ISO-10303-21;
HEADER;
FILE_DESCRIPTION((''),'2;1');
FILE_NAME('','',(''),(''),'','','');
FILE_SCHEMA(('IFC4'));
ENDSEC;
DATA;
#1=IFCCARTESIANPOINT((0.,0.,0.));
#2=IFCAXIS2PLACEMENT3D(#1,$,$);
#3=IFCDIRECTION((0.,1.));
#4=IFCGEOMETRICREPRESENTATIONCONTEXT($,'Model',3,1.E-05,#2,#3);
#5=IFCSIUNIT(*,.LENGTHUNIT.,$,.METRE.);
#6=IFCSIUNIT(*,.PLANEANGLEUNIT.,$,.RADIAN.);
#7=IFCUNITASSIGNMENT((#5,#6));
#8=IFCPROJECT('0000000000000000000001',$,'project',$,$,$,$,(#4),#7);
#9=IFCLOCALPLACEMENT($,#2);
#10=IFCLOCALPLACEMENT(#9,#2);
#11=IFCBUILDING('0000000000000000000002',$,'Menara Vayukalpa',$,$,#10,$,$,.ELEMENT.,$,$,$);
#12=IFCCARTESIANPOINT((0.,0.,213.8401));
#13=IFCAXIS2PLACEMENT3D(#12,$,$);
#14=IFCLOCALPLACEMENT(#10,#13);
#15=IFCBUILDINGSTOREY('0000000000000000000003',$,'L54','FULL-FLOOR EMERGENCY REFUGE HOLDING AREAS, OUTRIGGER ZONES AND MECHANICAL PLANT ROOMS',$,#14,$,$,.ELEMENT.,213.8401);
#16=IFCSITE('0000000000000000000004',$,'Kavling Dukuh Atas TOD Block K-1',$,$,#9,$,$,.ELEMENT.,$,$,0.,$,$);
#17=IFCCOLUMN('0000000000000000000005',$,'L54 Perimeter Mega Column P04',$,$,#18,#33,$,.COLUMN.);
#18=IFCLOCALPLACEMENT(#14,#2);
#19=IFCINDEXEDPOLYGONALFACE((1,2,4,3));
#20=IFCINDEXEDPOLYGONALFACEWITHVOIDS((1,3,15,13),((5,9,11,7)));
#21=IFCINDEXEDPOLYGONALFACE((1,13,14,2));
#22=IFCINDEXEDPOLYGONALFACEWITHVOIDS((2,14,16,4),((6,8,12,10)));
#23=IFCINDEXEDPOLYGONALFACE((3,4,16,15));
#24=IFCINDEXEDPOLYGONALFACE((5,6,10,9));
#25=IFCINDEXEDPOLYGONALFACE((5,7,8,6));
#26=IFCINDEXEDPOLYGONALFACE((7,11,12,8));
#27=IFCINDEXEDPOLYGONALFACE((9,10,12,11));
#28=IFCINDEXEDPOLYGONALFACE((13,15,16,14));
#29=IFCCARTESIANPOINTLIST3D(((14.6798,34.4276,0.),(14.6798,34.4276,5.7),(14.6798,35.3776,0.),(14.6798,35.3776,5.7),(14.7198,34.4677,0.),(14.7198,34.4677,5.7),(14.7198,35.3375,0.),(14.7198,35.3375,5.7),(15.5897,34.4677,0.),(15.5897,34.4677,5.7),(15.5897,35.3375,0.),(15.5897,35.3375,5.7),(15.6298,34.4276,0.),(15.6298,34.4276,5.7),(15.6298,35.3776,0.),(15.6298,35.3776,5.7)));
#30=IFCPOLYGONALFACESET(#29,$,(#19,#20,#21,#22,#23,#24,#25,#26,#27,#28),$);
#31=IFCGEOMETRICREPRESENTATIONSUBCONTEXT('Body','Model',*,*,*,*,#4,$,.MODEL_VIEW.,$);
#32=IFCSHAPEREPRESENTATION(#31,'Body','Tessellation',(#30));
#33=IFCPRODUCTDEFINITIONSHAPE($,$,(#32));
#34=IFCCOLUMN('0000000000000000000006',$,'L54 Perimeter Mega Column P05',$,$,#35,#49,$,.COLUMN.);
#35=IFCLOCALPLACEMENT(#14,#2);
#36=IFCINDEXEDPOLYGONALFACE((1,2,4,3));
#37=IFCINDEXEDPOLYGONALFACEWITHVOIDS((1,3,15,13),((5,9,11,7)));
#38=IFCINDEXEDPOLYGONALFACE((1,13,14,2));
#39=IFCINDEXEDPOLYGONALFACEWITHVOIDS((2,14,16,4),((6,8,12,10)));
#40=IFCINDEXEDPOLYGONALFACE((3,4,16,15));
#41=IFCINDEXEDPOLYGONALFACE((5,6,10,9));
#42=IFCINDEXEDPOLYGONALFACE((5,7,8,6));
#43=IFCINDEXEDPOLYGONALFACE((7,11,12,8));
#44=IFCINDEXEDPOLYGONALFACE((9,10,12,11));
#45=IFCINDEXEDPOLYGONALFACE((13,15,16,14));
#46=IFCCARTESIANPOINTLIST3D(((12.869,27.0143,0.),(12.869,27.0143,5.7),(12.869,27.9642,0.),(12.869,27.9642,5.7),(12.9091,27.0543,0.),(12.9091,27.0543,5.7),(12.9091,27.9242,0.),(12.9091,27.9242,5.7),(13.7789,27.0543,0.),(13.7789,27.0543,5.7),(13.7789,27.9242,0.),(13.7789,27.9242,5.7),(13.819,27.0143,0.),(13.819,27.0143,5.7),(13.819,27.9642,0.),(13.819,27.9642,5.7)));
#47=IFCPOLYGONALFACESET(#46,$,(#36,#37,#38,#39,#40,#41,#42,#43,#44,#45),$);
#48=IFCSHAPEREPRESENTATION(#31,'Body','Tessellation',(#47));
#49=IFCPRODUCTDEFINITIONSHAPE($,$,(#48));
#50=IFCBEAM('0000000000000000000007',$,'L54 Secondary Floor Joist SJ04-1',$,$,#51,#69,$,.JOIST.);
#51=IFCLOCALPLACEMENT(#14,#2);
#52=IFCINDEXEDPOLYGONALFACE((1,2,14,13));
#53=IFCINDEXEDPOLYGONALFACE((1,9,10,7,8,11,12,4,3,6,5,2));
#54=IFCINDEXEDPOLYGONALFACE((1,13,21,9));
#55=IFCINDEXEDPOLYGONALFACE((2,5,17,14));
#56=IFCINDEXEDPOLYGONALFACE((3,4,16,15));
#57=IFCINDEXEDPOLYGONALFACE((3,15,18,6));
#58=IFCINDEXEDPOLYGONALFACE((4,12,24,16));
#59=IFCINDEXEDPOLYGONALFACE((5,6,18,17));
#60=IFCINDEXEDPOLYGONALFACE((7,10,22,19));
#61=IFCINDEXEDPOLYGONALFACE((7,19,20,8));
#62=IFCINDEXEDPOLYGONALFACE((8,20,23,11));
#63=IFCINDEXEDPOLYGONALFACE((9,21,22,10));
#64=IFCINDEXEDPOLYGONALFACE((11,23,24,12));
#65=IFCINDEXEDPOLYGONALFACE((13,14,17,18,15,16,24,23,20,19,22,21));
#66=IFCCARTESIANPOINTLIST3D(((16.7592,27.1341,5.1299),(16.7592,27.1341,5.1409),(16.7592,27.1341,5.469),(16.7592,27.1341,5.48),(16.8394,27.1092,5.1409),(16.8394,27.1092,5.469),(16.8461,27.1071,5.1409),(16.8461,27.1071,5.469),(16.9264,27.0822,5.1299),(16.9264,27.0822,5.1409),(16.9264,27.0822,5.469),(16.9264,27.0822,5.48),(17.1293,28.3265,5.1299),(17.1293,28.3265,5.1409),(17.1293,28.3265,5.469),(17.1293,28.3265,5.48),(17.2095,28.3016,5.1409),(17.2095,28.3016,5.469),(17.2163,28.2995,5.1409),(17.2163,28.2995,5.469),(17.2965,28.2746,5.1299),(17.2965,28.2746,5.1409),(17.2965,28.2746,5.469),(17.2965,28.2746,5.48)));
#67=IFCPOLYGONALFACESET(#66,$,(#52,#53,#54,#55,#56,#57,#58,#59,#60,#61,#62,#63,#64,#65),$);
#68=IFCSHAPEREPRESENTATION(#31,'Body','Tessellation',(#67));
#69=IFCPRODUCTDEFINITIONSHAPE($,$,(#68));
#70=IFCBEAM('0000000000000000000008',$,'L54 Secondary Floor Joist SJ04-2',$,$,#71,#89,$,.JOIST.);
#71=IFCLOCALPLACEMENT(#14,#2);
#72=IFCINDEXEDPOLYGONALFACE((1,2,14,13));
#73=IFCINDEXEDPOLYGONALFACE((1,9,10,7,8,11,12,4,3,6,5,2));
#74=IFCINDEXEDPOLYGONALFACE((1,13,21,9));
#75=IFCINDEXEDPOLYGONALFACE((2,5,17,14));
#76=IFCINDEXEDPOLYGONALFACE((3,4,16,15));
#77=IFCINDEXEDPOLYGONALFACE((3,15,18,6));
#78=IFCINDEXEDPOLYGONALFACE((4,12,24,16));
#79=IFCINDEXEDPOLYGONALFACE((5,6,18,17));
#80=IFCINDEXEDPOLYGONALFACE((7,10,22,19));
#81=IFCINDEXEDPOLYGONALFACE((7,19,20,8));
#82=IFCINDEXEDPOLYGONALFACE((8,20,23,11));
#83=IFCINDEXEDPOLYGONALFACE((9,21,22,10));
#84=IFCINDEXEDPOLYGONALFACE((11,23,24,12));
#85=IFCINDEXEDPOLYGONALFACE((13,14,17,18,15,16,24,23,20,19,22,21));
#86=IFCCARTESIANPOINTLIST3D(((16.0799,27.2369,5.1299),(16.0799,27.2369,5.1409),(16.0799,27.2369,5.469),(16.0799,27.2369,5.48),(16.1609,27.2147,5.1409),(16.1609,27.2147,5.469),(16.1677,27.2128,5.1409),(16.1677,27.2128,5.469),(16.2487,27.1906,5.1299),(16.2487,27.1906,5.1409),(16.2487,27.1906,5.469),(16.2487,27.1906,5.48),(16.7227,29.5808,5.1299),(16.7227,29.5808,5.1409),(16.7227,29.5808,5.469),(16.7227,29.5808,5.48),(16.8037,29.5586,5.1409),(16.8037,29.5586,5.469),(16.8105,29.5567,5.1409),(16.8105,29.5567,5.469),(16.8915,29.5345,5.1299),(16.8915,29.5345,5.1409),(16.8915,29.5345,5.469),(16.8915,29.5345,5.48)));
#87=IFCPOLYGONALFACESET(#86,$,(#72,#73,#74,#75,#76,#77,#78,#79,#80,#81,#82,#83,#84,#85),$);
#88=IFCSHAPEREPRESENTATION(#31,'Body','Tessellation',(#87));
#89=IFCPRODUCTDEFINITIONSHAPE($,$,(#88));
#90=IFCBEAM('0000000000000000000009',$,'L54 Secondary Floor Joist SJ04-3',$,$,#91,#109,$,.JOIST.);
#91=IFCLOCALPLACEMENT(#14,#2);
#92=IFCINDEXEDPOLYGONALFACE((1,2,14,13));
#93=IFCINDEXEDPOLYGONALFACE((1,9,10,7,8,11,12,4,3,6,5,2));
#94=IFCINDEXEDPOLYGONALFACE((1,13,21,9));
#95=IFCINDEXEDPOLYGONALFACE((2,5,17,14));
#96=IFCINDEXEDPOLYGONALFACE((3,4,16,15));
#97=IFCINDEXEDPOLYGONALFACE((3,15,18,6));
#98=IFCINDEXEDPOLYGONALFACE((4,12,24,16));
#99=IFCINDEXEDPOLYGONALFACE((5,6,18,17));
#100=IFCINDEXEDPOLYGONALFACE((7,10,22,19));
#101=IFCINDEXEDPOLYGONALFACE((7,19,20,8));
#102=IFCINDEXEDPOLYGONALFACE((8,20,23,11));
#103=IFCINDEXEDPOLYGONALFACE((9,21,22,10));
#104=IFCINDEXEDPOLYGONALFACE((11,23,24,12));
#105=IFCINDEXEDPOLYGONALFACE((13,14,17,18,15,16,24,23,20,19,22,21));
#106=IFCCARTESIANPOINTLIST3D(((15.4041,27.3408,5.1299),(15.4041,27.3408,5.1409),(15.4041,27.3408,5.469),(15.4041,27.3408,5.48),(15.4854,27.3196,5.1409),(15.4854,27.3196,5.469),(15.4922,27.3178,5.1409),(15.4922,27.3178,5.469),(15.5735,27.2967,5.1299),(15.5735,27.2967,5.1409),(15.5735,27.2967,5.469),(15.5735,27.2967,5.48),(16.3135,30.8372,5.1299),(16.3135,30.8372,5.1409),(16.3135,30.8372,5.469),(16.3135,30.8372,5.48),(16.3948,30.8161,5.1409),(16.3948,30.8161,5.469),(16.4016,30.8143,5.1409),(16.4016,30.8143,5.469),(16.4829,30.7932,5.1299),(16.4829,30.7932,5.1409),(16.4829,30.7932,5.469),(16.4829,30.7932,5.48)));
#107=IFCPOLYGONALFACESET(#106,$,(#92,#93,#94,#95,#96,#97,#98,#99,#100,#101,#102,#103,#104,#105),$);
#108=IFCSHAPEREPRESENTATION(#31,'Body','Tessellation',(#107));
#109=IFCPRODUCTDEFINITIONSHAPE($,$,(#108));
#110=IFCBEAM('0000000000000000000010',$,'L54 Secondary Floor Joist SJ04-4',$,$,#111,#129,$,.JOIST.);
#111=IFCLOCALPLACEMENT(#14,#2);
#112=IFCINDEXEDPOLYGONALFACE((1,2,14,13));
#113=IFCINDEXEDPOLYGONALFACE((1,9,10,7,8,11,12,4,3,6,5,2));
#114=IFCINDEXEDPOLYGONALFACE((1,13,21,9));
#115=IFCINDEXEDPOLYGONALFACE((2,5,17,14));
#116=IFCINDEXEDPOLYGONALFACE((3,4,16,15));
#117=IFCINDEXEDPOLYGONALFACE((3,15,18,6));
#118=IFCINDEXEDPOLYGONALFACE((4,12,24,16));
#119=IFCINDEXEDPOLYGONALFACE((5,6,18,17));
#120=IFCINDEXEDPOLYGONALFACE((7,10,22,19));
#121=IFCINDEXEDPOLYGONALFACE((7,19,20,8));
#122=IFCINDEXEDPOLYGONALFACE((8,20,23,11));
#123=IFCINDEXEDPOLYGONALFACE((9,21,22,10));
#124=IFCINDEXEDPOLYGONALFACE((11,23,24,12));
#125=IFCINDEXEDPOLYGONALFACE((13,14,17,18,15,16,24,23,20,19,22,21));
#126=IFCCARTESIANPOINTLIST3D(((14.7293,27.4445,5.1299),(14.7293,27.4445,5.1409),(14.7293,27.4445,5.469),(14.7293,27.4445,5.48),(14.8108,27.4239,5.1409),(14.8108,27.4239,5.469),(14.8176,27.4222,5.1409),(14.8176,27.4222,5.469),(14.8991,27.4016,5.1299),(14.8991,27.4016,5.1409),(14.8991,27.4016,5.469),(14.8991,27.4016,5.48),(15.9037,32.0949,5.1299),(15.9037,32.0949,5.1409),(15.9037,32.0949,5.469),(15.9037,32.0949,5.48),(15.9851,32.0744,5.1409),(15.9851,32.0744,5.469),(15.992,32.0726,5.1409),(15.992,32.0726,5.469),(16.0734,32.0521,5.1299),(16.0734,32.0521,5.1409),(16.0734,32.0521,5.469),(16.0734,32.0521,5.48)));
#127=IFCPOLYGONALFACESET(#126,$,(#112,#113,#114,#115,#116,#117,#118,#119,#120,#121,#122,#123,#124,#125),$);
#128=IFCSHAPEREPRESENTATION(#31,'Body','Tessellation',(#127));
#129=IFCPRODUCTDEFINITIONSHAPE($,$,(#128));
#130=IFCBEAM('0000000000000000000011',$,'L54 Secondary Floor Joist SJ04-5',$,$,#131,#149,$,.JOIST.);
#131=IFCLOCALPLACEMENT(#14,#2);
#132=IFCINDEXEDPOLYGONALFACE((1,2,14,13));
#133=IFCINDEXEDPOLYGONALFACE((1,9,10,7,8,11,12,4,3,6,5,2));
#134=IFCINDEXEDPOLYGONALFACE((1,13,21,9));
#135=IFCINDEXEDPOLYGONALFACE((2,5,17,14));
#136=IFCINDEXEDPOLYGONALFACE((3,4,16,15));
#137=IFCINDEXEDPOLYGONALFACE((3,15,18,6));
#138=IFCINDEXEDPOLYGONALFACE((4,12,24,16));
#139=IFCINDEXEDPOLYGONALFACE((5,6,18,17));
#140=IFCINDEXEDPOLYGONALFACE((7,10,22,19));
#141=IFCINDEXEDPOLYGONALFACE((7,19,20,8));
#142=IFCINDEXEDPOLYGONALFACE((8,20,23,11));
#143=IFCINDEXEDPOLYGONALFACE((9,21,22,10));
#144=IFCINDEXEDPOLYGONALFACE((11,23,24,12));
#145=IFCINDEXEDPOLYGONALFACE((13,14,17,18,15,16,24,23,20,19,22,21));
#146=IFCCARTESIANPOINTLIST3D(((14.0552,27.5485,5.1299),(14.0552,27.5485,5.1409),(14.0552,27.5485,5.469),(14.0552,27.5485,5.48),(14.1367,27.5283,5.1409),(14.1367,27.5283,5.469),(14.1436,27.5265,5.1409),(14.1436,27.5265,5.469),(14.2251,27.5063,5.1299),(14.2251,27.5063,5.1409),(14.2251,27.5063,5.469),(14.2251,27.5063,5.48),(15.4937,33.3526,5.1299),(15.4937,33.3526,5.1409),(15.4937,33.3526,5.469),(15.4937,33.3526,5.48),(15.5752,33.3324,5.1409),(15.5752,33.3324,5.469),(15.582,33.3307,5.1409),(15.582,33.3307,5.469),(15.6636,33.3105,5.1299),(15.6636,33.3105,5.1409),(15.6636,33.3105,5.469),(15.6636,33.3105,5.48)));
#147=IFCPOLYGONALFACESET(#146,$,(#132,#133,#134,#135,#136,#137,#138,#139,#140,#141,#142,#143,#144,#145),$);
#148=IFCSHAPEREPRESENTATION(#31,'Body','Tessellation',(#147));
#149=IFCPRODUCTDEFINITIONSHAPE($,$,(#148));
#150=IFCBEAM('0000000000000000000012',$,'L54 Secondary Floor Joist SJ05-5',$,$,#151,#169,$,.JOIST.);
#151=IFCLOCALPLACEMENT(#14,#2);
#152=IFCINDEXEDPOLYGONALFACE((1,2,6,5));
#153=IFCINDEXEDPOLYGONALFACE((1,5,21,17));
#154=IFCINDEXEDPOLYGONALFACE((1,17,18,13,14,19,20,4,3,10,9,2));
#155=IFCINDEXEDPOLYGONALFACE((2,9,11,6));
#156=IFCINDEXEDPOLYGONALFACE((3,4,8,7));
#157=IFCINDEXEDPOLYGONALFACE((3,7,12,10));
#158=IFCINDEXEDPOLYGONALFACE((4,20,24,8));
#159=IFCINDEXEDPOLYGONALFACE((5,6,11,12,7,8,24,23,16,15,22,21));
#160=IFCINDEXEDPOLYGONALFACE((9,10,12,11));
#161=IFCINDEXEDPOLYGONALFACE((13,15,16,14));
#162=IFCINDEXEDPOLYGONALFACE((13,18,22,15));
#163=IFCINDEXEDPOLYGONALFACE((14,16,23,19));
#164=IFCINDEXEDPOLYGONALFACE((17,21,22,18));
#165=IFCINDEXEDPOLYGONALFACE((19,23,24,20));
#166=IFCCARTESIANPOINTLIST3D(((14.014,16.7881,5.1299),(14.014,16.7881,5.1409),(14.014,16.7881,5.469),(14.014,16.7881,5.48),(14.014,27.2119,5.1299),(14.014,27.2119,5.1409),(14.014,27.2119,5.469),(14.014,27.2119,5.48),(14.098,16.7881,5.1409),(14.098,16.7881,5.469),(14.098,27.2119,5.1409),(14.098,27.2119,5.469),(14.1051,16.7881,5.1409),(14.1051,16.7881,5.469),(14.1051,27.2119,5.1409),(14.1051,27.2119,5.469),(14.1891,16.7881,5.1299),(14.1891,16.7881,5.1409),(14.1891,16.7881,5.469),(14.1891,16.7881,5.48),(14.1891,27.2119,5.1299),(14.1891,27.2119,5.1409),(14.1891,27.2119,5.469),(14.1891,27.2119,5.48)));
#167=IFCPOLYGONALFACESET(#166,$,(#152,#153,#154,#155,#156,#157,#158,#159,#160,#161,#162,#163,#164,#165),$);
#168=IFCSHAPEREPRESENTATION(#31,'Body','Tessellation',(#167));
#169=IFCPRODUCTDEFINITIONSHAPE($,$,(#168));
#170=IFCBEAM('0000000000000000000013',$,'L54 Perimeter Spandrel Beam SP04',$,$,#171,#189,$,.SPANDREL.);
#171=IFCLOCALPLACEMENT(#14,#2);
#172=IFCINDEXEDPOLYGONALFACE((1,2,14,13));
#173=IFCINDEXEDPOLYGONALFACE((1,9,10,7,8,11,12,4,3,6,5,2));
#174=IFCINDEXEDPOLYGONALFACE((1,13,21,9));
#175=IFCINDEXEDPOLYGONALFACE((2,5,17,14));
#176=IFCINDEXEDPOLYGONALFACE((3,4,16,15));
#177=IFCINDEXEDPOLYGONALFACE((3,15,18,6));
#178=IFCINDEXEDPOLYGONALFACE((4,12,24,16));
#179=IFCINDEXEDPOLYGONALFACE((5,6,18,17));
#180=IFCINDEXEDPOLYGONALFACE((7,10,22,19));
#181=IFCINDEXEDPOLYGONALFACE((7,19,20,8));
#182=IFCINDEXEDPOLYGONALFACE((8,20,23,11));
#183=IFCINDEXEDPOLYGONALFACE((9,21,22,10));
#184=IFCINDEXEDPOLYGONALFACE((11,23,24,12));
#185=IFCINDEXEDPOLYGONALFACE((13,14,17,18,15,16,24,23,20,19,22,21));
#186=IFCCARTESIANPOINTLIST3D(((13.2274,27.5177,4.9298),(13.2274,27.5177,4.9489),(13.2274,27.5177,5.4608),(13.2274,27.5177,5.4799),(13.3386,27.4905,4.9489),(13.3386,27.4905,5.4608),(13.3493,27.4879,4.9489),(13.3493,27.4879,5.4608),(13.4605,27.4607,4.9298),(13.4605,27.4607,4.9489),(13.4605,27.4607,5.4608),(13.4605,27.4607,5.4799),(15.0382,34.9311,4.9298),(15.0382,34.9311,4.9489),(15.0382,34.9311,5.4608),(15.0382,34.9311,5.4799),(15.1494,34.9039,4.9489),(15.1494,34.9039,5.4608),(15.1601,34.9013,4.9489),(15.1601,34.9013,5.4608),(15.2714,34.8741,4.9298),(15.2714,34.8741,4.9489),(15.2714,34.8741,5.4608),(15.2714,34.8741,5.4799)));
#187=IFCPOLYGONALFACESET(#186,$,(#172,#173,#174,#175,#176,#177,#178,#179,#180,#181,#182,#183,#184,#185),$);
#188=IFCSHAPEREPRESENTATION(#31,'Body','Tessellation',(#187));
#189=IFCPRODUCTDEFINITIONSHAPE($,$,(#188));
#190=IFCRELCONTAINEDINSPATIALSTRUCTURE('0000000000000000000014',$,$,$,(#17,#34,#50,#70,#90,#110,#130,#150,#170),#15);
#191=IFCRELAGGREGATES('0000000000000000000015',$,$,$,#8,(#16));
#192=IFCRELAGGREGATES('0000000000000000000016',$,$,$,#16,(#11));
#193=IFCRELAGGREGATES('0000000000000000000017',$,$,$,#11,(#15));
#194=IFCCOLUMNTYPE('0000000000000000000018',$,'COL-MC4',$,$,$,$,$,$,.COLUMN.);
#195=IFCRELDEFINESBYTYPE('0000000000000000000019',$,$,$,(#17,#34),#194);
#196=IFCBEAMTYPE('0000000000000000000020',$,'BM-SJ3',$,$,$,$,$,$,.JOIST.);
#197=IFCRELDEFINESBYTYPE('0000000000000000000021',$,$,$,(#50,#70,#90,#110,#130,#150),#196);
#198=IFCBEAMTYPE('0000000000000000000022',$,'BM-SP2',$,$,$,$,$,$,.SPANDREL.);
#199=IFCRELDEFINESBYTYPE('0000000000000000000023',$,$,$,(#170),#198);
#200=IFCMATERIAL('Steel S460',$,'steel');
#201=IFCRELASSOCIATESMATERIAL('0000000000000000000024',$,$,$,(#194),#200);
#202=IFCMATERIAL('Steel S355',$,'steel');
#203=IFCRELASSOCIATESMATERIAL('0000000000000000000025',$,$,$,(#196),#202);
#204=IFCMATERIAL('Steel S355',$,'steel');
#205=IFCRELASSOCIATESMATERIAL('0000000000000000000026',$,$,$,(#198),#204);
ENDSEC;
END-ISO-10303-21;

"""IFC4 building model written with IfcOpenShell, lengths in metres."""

from ifc_helpers import new_model, si_unit, direction, frame, origin, origin_2d, place, context, subcontext, project, spatial, hollow_rectangle, i_section, extrude, material, material_profile, profile_set, type_object, element, save


model = new_model("IFC4")

# Units and contexts
model_context = context("Model", 3, precision=1e-05, world=origin(), true_north=direction((0.0, 1.0)))
body_context = subcontext(model_context, "Body", "Model", "MODEL_VIEW")
ifc_project = project(units=[si_unit("LENGTHUNIT", "METRE"), si_unit("PLANEANGLEUNIT", "RADIAN")], contexts=[model_context])

# Site, building, storey
site_placement = place(None, origin())
site = spatial("IfcSite", under=ifc_project, at=site_placement, Name="Kavling Dukuh Atas TOD Block K-1", CompositionType="ELEMENT", RefElevation=0.0)
building_placement = place(site_placement, origin())
building = spatial("IfcBuilding", under=site, at=building_placement, Name="Menara Vayukalpa", CompositionType="ELEMENT")
storey_placement = place(building_placement, frame((0.0, 0.0, 213.8401)))
storey = spatial("IfcBuildingStorey", under=building, at=storey_placement, Name="L54", Description="FULL-FLOOR EMERGENCY REFUGE HOLDING AREAS, OUTRIGGER ZONES AND MECHANICAL PLANT ROOMS", CompositionType="ELEMENT", Elevation=213.8401)

# Columns
ifc_material_1 = material(Name="Steel S460", Category="steel")
ifc_material_profile_1 = material_profile(ifc_material_1, hollow_rectangle(XDim=0.95, YDim=0.95, WallThickness=0.04, at=origin_2d()), Name="BOX 950x950x40")
ifc_profile_set_1 = profile_set([ifc_material_profile_1], Name="Steel S460")
column_type = type_object("IfcColumnType", Name="COL-MC4", PredefinedType="COLUMN", material=ifc_profile_set_1)
for number, where, z_axis, x_axis, name in (
    (1, (15.1548, 34.9026, 0.0), (0.0, 0.0, 1.0), (1.0, 0.0, 0.0), "L54 Perimeter Mega Column P04"),
    (2, (13.344, 27.4893, 0.0), (0.0, 0.0, 1.0), (1.0, 0.0, 0.0), "L54 Perimeter Mega Column P05"),
):
    element("IfcColumn", number, at=place(storey_placement, frame(where, z_axis=z_axis, x_axis=x_axis)), inside=storey, type_object=column_type, Name=name, PredefinedType="COLUMN", context=body_context, shape_type="SweptSolid", body=[
        extrude(hollow_rectangle(XDim=0.95, YDim=0.95, WallThickness=0.04, at=origin_2d()), origin(), (0.0, 0.0, 1.0), 5.7),
    ])

# Beams
ifc_material_2 = material(Name="Steel S355", Category="steel")
ifc_material_profile_2 = material_profile(ifc_material_2, i_section(OverallWidth=0.175, OverallDepth=0.3501, WebThickness=0.0071, FlangeThickness=0.011, at=origin_2d()), Name="WF 350x175x7x11")
ifc_profile_set_2 = profile_set([ifc_material_profile_2], Name="Steel S355")
beam_type_1 = type_object("IfcBeamType", Name="BM-SJ3", PredefinedType="JOIST", material=ifc_profile_set_2)
beam_1_placement = place(storey_placement, frame((17.2129, 28.3005, 5.3049), z_axis=(-0.296448, -0.955049, 0.0), x_axis=(0.955049, -0.296448, 0.0)))
element("IfcBeam", 3, at=beam_1_placement, inside=storey, type_object=beam_type_1, Name="L54 Secondary Floor Joist SJ04-1", PredefinedType="JOIST", context=body_context, shape_type="SweptSolid", body=[
    extrude(i_section(OverallWidth=0.175, OverallDepth=0.3501, WebThickness=0.0071, FlangeThickness=0.011, at=origin_2d()), origin(), (0.0, 0.0, 1.0), 1.2485),
])
beam_2_placement = place(storey_placement, frame((16.8071, 29.5576, 5.3049), z_axis=(-0.264503, -0.964385, 0.0), x_axis=(0.964385, -0.264503, 0.0)))
element("IfcBeam", 4, at=beam_2_placement, inside=storey, type_object=beam_type_1, Name="L54 Secondary Floor Joist SJ04-2", PredefinedType="JOIST", context=body_context, shape_type="SweptSolid", body=[
    extrude(i_section(OverallWidth=0.175, OverallDepth=0.3501, WebThickness=0.0071, FlangeThickness=0.011, at=origin_2d()), origin(), (0.0, 0.0, 1.0), 2.4304),
])
beam_3_placement = place(storey_placement, frame((16.3982, 30.8152, 5.3049), z_axis=(-0.251715, -0.967801, 0.0), x_axis=(0.967801, -0.251715, 0.0)))
element("IfcBeam", 5, at=beam_3_placement, inside=storey, type_object=beam_type_1, Name="L54 Secondary Floor Joist SJ04-3", PredefinedType="JOIST", context=body_context, shape_type="SweptSolid", body=[
    extrude(i_section(OverallWidth=0.175, OverallDepth=0.3501, WebThickness=0.0071, FlangeThickness=0.011, at=origin_2d()), origin(), (0.0, 0.0, 1.0), 3.6128),
])
beam_4_placement = place(storey_placement, frame((15.9885, 32.0735, 5.3049), z_axis=(-0.244834, -0.969565, 0.0), x_axis=(0.969565, -0.244834, 0.0)))
element("IfcBeam", 6, at=beam_4_placement, inside=storey, type_object=beam_type_1, Name="L54 Secondary Floor Joist SJ04-4", PredefinedType="JOIST", context=body_context, shape_type="SweptSolid", body=[
    extrude(i_section(OverallWidth=0.175, OverallDepth=0.3501, WebThickness=0.0071, FlangeThickness=0.011, at=origin_2d()), origin(), (0.0, 0.0, 1.0), 4.7964),
])
beam_5_placement = place(storey_placement, frame((15.5786, 33.3315, 5.3049), z_axis=(-0.240556, -0.970635, 0.0), x_axis=(0.970635, -0.240556, 0.0)))
element("IfcBeam", 7, at=beam_5_placement, inside=storey, type_object=beam_type_1, Name="L54 Secondary Floor Joist SJ04-5", PredefinedType="JOIST", context=body_context, shape_type="SweptSolid", body=[
    extrude(i_section(OverallWidth=0.175, OverallDepth=0.3501, WebThickness=0.0071, FlangeThickness=0.011, at=origin_2d()), origin(), (0.0, 0.0, 1.0), 5.9797),
])
beam_6_placement = place(storey_placement, frame((14.1016, 27.2119, 5.3049), z_axis=(0.0, -1.0, 0.0), x_axis=(1.0, 0.0, 0.0)))
element("IfcBeam", 8, at=beam_6_placement, inside=storey, type_object=beam_type_1, Name="L54 Secondary Floor Joist SJ05-5", PredefinedType="JOIST", context=body_context, shape_type="SweptSolid", body=[
    extrude(i_section(OverallWidth=0.175, OverallDepth=0.3501, WebThickness=0.0071, FlangeThickness=0.011, at=origin_2d()), origin(), (0.0, 0.0, 1.0), 10.4238),
])
ifc_material_3 = material(Name="Steel S355", Category="steel")
ifc_material_profile_3 = material_profile(ifc_material_3, i_section(OverallWidth=0.24, OverallDepth=0.55, WebThickness=0.011, FlangeThickness=0.019, at=origin_2d()), Name="WF 550x240x11x19")
ifc_profile_set_3 = profile_set([ifc_material_profile_3], Name="Steel S355")
beam_type_2 = type_object("IfcBeamType", Name="BM-SP2", PredefinedType="SPANDREL", material=ifc_profile_set_3)
beam_7_placement = place(storey_placement, frame((15.1548, 34.9026, 5.2048), z_axis=(-0.237285, -0.97144, 0.0), x_axis=(0.97144, -0.237285, 0.0)))
element("IfcBeam", 9, at=beam_7_placement, inside=storey, type_object=beam_type_2, Name="L54 Perimeter Spandrel Beam SP04", PredefinedType="SPANDREL", context=body_context, shape_type="SweptSolid", body=[
    extrude(i_section(OverallWidth=0.24, OverallDepth=0.55, WebThickness=0.011, FlangeThickness=0.019, at=origin_2d()), origin(), (0.0, 0.0, 1.0), 7.6313),
])

save(model, "model.ifc")
